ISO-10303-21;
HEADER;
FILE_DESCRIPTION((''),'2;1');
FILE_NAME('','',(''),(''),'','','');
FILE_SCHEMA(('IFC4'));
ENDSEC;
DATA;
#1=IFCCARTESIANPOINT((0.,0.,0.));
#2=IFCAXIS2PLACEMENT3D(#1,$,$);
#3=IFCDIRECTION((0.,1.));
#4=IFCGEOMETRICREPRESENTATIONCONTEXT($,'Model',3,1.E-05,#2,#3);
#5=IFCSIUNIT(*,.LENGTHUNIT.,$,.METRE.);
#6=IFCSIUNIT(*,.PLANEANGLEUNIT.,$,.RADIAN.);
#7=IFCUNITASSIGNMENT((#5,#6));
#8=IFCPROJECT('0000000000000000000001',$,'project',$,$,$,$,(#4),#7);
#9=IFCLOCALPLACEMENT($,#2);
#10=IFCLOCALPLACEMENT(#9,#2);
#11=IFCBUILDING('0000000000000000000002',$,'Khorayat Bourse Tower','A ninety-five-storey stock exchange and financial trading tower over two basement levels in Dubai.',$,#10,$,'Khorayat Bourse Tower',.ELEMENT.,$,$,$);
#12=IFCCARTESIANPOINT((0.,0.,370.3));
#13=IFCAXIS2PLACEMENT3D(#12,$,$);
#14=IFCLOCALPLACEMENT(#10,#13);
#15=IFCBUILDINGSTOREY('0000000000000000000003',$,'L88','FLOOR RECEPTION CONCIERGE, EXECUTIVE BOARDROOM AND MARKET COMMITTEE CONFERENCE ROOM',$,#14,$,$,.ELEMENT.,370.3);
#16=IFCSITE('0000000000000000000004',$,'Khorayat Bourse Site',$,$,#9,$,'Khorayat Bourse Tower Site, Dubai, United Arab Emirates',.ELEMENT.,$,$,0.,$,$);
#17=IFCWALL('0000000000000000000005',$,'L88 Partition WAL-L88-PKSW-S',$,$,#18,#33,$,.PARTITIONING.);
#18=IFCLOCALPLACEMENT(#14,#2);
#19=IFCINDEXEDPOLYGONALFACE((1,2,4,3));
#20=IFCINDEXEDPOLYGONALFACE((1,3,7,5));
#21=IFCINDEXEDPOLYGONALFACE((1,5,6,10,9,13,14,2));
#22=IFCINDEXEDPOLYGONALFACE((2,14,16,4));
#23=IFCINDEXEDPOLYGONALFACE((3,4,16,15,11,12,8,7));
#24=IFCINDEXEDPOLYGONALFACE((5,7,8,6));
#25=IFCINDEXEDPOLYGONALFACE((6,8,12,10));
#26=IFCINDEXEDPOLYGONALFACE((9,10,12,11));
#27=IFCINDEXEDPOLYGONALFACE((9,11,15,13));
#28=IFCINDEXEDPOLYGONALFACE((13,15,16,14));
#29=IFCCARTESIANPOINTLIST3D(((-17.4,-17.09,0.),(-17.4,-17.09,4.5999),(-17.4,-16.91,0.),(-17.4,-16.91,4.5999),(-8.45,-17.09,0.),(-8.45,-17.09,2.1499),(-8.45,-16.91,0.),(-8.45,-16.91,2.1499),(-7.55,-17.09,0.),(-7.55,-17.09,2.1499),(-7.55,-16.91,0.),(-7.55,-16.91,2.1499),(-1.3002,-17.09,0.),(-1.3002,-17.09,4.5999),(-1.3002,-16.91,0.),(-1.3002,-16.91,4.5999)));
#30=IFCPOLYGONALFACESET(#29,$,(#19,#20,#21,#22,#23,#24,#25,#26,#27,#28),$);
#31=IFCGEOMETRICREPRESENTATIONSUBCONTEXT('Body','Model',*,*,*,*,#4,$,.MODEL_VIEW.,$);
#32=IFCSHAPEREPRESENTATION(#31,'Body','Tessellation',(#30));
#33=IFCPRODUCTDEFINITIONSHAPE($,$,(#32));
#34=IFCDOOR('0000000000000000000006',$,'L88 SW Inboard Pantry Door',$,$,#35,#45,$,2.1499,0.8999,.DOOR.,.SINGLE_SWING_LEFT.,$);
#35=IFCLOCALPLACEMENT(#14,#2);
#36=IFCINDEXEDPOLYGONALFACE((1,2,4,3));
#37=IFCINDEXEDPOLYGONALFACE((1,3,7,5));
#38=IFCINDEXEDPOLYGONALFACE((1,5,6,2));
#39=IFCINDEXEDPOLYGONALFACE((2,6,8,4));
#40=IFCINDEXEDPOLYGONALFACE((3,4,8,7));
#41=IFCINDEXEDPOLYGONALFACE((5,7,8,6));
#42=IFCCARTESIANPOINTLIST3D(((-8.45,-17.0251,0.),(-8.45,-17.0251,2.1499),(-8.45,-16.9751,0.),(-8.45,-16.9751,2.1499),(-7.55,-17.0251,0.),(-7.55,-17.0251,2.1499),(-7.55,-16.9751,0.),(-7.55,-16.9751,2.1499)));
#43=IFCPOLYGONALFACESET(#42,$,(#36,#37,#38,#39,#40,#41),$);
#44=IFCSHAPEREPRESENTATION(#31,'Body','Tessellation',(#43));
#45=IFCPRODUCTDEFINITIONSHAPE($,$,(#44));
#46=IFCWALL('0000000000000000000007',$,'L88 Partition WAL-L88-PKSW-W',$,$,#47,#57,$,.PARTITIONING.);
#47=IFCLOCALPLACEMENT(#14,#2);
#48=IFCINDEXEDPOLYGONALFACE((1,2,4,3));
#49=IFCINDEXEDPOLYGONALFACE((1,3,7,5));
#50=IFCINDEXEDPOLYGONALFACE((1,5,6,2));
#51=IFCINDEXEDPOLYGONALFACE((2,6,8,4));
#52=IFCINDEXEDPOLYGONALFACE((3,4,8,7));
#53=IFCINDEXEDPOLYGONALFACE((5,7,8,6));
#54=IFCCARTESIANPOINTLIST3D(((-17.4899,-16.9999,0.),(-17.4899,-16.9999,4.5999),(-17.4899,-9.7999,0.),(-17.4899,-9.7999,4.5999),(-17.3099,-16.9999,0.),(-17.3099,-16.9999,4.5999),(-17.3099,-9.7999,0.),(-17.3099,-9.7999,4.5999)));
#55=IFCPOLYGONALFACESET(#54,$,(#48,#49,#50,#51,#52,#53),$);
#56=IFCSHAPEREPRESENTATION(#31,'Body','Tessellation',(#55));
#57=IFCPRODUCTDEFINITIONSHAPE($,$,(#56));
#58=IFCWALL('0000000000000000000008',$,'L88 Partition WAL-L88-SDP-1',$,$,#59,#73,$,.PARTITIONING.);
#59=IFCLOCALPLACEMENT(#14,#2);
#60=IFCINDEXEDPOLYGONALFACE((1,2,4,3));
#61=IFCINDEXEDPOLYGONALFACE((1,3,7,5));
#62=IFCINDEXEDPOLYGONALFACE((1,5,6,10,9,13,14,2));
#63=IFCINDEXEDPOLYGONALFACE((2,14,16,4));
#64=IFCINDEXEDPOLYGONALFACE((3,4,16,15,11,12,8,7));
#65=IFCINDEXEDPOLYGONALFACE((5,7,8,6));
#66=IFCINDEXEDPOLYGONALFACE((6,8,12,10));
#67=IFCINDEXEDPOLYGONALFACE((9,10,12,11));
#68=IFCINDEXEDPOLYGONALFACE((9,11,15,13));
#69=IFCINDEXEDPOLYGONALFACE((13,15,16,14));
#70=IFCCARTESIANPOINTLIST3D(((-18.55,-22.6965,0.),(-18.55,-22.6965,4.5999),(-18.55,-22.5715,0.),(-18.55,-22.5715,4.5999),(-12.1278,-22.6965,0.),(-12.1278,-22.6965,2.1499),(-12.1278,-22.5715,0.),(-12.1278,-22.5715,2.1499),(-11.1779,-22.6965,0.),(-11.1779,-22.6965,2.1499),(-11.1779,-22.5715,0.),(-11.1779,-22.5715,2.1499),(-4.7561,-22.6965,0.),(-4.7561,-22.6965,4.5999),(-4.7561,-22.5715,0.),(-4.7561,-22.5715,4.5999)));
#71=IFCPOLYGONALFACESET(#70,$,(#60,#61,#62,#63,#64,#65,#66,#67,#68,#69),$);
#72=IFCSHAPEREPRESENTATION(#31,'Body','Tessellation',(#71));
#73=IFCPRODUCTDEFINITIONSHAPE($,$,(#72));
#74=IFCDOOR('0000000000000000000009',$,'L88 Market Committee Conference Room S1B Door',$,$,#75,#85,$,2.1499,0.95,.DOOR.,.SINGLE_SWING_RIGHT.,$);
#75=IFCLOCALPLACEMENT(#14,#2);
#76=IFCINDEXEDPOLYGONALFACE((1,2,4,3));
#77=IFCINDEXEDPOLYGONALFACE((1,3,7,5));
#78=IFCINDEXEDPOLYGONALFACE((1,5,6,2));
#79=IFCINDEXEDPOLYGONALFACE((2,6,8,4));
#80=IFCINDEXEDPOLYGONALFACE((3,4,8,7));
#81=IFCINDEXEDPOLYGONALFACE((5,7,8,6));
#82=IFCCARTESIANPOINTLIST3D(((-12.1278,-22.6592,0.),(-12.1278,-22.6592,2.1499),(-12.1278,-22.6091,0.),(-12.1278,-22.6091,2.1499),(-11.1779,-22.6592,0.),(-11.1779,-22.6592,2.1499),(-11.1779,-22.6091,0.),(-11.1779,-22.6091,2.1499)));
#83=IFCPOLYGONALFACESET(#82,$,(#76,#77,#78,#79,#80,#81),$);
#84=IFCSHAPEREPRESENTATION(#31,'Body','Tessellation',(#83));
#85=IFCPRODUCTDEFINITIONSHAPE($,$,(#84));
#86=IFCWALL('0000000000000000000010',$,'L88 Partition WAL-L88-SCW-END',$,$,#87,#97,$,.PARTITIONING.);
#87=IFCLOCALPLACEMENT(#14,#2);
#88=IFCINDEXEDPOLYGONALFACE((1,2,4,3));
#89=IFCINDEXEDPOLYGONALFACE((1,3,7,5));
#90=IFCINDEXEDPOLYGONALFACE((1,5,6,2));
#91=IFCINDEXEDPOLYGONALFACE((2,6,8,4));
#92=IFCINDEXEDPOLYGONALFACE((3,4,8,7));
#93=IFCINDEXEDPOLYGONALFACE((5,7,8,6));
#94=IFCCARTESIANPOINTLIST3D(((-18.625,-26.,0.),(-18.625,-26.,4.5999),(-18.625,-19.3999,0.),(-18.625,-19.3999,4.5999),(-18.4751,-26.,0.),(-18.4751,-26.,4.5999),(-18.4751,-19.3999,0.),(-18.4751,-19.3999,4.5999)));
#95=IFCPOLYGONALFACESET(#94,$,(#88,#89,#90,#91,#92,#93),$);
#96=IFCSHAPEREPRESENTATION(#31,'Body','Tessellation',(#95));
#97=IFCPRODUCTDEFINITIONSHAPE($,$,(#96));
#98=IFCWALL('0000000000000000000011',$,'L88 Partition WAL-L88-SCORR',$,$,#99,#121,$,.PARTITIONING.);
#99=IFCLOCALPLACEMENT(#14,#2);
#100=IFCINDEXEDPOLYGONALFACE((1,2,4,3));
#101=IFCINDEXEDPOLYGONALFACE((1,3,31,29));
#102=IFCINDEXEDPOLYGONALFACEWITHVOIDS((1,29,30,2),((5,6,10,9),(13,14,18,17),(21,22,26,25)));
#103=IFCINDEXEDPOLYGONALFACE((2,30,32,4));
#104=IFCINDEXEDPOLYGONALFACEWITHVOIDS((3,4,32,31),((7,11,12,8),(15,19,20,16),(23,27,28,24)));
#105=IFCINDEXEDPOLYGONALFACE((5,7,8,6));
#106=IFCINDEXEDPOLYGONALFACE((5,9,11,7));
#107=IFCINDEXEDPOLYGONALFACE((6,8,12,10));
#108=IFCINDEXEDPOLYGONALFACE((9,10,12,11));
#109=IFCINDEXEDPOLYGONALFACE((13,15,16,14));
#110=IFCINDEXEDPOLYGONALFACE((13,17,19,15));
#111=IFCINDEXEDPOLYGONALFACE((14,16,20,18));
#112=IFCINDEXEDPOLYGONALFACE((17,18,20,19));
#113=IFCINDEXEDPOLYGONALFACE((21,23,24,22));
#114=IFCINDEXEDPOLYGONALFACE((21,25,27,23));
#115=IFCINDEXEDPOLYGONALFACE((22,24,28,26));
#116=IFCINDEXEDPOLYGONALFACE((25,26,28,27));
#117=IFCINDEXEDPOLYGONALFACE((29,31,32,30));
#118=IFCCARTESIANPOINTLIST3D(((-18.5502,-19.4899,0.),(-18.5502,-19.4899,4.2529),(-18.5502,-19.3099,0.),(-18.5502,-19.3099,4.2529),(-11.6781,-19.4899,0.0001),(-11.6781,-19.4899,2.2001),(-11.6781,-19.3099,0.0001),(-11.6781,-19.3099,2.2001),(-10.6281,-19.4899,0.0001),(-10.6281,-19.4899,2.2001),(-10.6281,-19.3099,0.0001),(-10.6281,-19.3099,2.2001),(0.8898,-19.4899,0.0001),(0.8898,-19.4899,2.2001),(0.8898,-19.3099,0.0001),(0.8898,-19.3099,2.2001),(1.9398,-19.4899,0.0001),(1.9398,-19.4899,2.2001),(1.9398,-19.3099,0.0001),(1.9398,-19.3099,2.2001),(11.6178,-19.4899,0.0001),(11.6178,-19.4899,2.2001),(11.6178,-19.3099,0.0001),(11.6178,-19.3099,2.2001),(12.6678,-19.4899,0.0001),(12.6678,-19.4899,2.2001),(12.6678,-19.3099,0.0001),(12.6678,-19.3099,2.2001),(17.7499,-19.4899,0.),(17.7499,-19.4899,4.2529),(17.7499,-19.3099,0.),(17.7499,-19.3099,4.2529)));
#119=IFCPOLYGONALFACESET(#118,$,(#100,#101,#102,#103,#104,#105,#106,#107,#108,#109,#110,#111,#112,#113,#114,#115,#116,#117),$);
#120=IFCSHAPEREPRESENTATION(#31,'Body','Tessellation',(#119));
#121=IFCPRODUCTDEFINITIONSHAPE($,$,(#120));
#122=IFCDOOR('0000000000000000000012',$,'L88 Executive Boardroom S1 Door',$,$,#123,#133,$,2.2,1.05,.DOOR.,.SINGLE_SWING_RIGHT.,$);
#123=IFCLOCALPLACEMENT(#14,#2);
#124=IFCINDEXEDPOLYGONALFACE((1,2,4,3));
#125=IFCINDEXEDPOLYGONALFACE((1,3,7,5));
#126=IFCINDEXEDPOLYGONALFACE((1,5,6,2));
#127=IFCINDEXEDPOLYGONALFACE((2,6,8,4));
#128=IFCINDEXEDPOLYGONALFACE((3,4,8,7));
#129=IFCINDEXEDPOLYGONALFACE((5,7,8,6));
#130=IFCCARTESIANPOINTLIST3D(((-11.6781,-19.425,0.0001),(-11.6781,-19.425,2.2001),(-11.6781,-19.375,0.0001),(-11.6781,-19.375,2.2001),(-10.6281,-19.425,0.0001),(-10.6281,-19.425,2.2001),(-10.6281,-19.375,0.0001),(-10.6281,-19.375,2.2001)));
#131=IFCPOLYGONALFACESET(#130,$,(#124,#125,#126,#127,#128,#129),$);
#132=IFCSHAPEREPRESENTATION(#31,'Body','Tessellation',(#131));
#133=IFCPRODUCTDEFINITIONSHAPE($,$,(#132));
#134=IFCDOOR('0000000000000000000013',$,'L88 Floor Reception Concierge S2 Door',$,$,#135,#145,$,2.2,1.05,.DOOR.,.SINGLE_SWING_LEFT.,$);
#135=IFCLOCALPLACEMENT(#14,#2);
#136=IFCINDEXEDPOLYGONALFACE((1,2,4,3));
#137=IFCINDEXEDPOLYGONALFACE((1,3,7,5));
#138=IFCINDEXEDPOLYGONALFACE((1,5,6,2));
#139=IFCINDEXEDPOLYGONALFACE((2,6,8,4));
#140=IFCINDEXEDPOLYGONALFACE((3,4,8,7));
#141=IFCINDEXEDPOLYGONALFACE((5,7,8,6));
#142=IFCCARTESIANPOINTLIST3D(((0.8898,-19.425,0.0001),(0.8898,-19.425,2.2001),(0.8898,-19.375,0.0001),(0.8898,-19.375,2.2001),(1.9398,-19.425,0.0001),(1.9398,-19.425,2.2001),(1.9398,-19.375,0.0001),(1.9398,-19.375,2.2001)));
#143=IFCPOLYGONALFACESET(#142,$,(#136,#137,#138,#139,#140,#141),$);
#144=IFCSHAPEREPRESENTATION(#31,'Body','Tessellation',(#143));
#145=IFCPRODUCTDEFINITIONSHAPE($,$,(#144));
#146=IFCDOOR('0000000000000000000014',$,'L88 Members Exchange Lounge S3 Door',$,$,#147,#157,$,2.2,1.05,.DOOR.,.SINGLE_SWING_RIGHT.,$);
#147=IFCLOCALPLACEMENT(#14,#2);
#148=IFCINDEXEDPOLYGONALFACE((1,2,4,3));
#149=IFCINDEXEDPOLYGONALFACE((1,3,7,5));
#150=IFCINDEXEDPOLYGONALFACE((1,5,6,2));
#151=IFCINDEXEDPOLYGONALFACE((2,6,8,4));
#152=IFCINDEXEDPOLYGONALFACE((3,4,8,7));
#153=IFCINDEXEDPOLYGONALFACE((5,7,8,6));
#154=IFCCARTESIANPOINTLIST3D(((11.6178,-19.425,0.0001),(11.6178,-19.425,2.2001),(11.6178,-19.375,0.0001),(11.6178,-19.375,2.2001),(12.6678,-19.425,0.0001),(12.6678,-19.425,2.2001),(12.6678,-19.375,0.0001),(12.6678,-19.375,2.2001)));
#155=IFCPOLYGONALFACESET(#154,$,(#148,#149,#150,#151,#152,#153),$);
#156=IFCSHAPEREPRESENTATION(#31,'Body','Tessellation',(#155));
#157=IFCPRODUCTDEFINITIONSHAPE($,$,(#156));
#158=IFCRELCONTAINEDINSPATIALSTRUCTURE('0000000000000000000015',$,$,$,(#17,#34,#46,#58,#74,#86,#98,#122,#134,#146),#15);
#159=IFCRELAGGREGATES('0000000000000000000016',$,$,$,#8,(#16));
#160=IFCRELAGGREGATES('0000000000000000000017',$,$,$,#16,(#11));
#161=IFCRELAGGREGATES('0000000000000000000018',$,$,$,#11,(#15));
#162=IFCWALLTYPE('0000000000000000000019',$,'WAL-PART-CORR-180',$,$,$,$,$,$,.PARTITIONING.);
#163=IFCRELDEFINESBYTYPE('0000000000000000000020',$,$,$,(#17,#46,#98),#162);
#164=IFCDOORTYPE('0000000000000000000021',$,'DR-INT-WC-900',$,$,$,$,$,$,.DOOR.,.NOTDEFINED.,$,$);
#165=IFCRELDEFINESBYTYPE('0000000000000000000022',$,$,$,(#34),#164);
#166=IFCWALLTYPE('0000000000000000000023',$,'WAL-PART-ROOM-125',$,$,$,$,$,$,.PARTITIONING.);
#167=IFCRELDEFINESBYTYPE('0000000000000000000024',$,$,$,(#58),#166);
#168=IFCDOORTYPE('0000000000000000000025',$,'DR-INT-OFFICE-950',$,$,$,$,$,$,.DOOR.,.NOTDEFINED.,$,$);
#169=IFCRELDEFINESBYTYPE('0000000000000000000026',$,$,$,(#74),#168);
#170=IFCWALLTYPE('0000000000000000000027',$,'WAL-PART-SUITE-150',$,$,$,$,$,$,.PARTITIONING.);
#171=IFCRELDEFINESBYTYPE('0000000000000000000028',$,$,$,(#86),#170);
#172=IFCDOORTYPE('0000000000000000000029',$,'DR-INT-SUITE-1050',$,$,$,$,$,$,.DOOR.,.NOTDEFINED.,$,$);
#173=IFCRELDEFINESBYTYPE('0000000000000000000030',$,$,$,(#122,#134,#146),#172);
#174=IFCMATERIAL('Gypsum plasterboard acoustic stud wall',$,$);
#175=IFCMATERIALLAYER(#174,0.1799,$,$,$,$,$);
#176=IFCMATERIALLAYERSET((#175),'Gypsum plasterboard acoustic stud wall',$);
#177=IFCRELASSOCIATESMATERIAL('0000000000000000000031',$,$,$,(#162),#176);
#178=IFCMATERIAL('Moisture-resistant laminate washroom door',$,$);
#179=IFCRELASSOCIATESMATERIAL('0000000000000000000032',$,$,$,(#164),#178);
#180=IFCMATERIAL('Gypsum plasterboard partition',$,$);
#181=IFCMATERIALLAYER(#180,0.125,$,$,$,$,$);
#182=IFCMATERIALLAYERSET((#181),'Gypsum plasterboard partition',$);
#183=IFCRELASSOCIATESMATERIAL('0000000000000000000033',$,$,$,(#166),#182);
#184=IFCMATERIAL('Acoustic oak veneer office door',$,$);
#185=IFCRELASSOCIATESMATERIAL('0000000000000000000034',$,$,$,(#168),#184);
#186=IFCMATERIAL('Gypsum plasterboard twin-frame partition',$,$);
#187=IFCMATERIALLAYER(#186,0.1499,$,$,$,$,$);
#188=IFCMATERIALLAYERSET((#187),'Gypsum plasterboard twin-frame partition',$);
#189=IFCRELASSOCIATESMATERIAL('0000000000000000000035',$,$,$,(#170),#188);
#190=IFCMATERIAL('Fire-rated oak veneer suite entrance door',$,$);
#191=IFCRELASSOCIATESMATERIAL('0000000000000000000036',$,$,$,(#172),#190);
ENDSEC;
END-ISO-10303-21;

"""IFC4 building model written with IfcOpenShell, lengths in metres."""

from ifc_helpers import new_model, si_unit, direction, frame, frame_2d, origin, place, context, subcontext, project, spatial, rectangle, extrude, source, transform, mapped, material, layer, layer_set, type_object, element, fill, save


model = new_model("IFC4")

# Units and contexts
model_context = context("Model", 3, precision=1e-05, world=origin(), true_north=direction((0.0, 1.0)))
body_context = subcontext(model_context, "Body", "Model", "MODEL_VIEW")
ifc_project = project(units=[si_unit("LENGTHUNIT", "METRE"), si_unit("PLANEANGLEUNIT", "RADIAN")], contexts=[model_context])

# Site, building, storey
site_placement = place(None, origin())
site = spatial("IfcSite", under=ifc_project, at=site_placement, Name="Khorayat Bourse Site", LongName="Khorayat Bourse Tower Site, Dubai, United Arab Emirates", CompositionType="ELEMENT", RefElevation=0.0)
building_placement = place(site_placement, origin())
building = spatial("IfcBuilding", under=site, at=building_placement, Name="Khorayat Bourse Tower", Description="A ninety-five-storey stock exchange and financial trading tower over two basement levels in Dubai.", LongName="Khorayat Bourse Tower", CompositionType="ELEMENT")
storey_placement = place(building_placement, frame((0.0, 0.0, 370.3)))
storey = spatial("IfcBuildingStorey", under=building, at=storey_placement, Name="L88", Description="FLOOR RECEPTION CONCIERGE, EXECUTIVE BOARDROOM AND MARKET COMMITTEE CONFERENCE ROOM", CompositionType="ELEMENT", Elevation=370.3)

# Wall, opening, door
ifc_material_1 = material(Name="Gypsum plasterboard acoustic stud wall")
ifc_layer_1 = layer(ifc_material_1, 0.1799)
ifc_layer_set_1 = layer_set([ifc_layer_1], Name="Gypsum plasterboard acoustic stud wall")
wall_type_1 = type_object("IfcWallType", Name="WAL-PART-CORR-180", PredefinedType="PARTITIONING", material=ifc_layer_set_1)
shared_shape_1 = source(origin(), body_context, "Body", "SweptSolid", [
    extrude(rectangle(XDim=16.0999, YDim=0.1799, at=frame_2d((8.0498, 0.0))), origin(), (0.0, 0.0, 1.0), 4.5999),
])
wall_1_placement = place(storey_placement, frame((-17.3999, -17.0, 0.0), z_axis=(0.0, 0.0, 1.0), x_axis=(1.0, 0.0, 0.0)))
wall_1 = element("IfcWall", 1, at=wall_1_placement, inside=storey, type_object=wall_type_1, Name="L88 Partition WAL-L88-PKSW-S", PredefinedType="PARTITIONING", context=body_context, shape_type="MappedRepresentation", body=[
    mapped(shared_shape_1, transform((0.0, 0.0, 0.0), scale=1.0)),
])
shared_shape_2 = source(origin(), body_context, "Body", "SweptSolid", [
    extrude(rectangle(XDim=0.8999, YDim=2.1499, at=frame_2d((0.45, 1.075))), frame((0.0, 0.0999, 0.0), z_axis=(0.0, -1.0, 0.0), x_axis=(1.0, 0.0, 0.0)), (0.0, 0.0, 1.0), 0.2),
])
opening_1_placement = place(wall_1_placement, frame((8.95, 0.0, 0.0)))
opening_1 = element("IfcOpeningElement", 2, at=opening_1_placement, cuts=wall_1, PredefinedType="OPENING", context=body_context, shape_type="MappedRepresentation", body=[
    mapped(shared_shape_2, transform((0.0, 0.0, 0.0), scale=1.0)),
])
ifc_material_2 = material(Name="Moisture-resistant laminate washroom door")
door_type_1 = type_object("IfcDoorType", Name="DR-INT-WC-900", OperationType="NOTDEFINED", PredefinedType="DOOR", material=ifc_material_2)
shared_shape_3 = source(origin(), body_context, "Body", "SweptSolid", [
    extrude(rectangle(XDim=0.8999, YDim=2.1499, at=frame_2d((0.45, 1.075))), frame((0.0, 0.0249, 0.0), z_axis=(0.0, -1.0, 0.0), x_axis=(1.0, 0.0, 0.0)), (0.0, 0.0, 1.0), 0.05),
])
door_1_placement = place(opening_1_placement, origin())
door_1 = element("IfcDoor", 3, at=door_1_placement, inside=storey, type_object=door_type_1, Name="L88 SW Inboard Pantry Door", OperationType="SINGLE_SWING_LEFT", OverallHeight=2.1499, OverallWidth=0.8999, PredefinedType="DOOR", context=body_context, shape_type="MappedRepresentation", body=[
    mapped(shared_shape_3, transform((0.0, 0.0, 0.0), scale=1.0)),
])
fill(opening_1, door_1)

# Wall
shared_shape_4 = source(origin(), body_context, "Body", "SweptSolid", [
    extrude(rectangle(XDim=7.2, YDim=0.1799, at=frame_2d((3.6001, 0.0))), origin(), (0.0, 0.0, 1.0), 4.5999),
])
wall_2_placement = place(storey_placement, frame((-17.3999, -17.0, 0.0), z_axis=(0.0, 0.0, 1.0), x_axis=(0.0, 1.0, 0.0)))
element("IfcWall", 4, at=wall_2_placement, inside=storey, type_object=wall_type_1, Name="L88 Partition WAL-L88-PKSW-W", PredefinedType="PARTITIONING", context=body_context, shape_type="MappedRepresentation", body=[
    mapped(shared_shape_4, transform((0.0, 0.0, 0.0), scale=1.0)),
])

# Wall, opening, door
ifc_material_3 = material(Name="Gypsum plasterboard partition")
ifc_layer_2 = layer(ifc_material_3, 0.125)
ifc_layer_set_2 = layer_set([ifc_layer_2], Name="Gypsum plasterboard partition")
wall_type_2 = type_object("IfcWallType", Name="WAL-PART-ROOM-125", PredefinedType="PARTITIONING", material=ifc_layer_set_2)
shared_shape_5 = source(origin(), body_context, "Body", "SweptSolid", [
    extrude(rectangle(XDim=13.7939, YDim=0.125, at=frame_2d((6.897, 0.0))), origin(), (0.0, 0.0, 1.0), 4.5999),
])
wall_3_placement = place(storey_placement, frame((-18.55, -22.634, 0.0), z_axis=(0.0, 0.0, 1.0), x_axis=(1.0, 0.0, 0.0)))
wall_3 = element("IfcWall", 5, at=wall_3_placement, inside=storey, type_object=wall_type_2, Name="L88 Partition WAL-L88-SDP-1", PredefinedType="PARTITIONING", context=body_context, shape_type="MappedRepresentation", body=[
    mapped(shared_shape_5, transform((0.0, 0.0, 0.0), scale=1.0)),
])
shared_shape_6 = source(origin(), body_context, "Body", "SweptSolid", [
    extrude(rectangle(XDim=0.95, YDim=2.1499, at=frame_2d((0.4751, 1.075))), frame((0.0, 0.0725, 0.0), z_axis=(0.0, -1.0, 0.0), x_axis=(1.0, 0.0, 0.0)), (0.0, 0.0, 1.0), 0.145),
])
opening_2_placement = place(wall_3_placement, frame((6.4221, 0.0, 0.0)))
opening_2 = element("IfcOpeningElement", 6, at=opening_2_placement, cuts=wall_3, PredefinedType="OPENING", context=body_context, shape_type="MappedRepresentation", body=[
    mapped(shared_shape_6, transform((0.0, 0.0, 0.0), scale=1.0)),
])
ifc_material_4 = material(Name="Acoustic oak veneer office door")
door_type_2 = type_object("IfcDoorType", Name="DR-INT-OFFICE-950", OperationType="NOTDEFINED", PredefinedType="DOOR", material=ifc_material_4)
shared_shape_7 = source(origin(), body_context, "Body", "SweptSolid", [
    extrude(rectangle(XDim=0.95, YDim=2.1499, at=frame_2d((0.4751, 1.075))), frame((0.0, 0.0249, 0.0), z_axis=(0.0, -1.0, 0.0), x_axis=(1.0, 0.0, 0.0)), (0.0, 0.0, 1.0), 0.05),
])
door_2_placement = place(opening_2_placement, origin())
door_2 = element("IfcDoor", 7, at=door_2_placement, inside=storey, type_object=door_type_2, Name="L88 Market Committee Conference Room S1B Door", OperationType="SINGLE_SWING_RIGHT", OverallHeight=2.1499, OverallWidth=0.95, PredefinedType="DOOR", context=body_context, shape_type="MappedRepresentation", body=[
    mapped(shared_shape_7, transform((0.0, 0.0, 0.0), scale=1.0)),
])
fill(opening_2, door_2)

# Wall
ifc_material_5 = material(Name="Gypsum plasterboard twin-frame partition")
ifc_layer_3 = layer(ifc_material_5, 0.1499)
ifc_layer_set_3 = layer_set([ifc_layer_3], Name="Gypsum plasterboard twin-frame partition")
wall_type_3 = type_object("IfcWallType", Name="WAL-PART-SUITE-150", PredefinedType="PARTITIONING", material=ifc_layer_set_3)
shared_shape_8 = source(origin(), body_context, "Body", "SweptSolid", [
    extrude(rectangle(XDim=6.6001, YDim=0.1499, at=frame_2d((3.3, 0.0))), origin(), (0.0, 0.0, 1.0), 4.5999),
])
wall_4_placement = place(storey_placement, frame((-18.55, -26.0, 0.0), z_axis=(0.0, 0.0, 1.0), x_axis=(0.0, 1.0, 0.0)))
element("IfcWall", 8, at=wall_4_placement, inside=storey, type_object=wall_type_3, Name="L88 Partition WAL-L88-SCW-END", PredefinedType="PARTITIONING", context=body_context, shape_type="MappedRepresentation", body=[
    mapped(shared_shape_8, transform((0.0, 0.0, 0.0), scale=1.0)),
])

# Wall, openings, doors
shared_shape_9 = source(origin(), body_context, "Body", "SweptSolid", [
    extrude(rectangle(XDim=36.3, YDim=0.1799, at=frame_2d((18.1499, 0.0))), origin(), (0.0, 0.0, 1.0), 4.2529),
])
wall_5_placement = place(storey_placement, frame((-18.55, -19.3999, 0.0), z_axis=(0.0, 0.0, 1.0), x_axis=(1.0, 0.0, 0.0)))
wall_5 = element("IfcWall", 9, at=wall_5_placement, inside=storey, type_object=wall_type_1, Name="L88 Partition WAL-L88-SCORR", PredefinedType="PARTITIONING", context=body_context, shape_type="MappedRepresentation", body=[
    mapped(shared_shape_9, transform((0.0, 0.0, 0.0), scale=1.0)),
])
shared_shape_10 = source(origin(), body_context, "Body", "SweptSolid", [
    extrude(rectangle(XDim=1.05, YDim=2.2, at=frame_2d((0.5249, 1.1001))), frame((0.0, 0.0999, 0.0), z_axis=(0.0, -1.0, 0.0), x_axis=(1.0, 0.0, 0.0)), (0.0, 0.0, 1.0), 0.2),
])
opening_3_placement = place(wall_5_placement, frame((6.8721, 0.0, 0.0)))
opening_3 = element("IfcOpeningElement", 10, at=opening_3_placement, cuts=wall_5, PredefinedType="OPENING", context=body_context, shape_type="MappedRepresentation", body=[
    mapped(shared_shape_10, transform((0.0, 0.0, 0.0), scale=1.0)),
])
opening_4_placement = place(wall_5_placement, frame((19.4399, 0.0, 0.0)))
opening_4 = element("IfcOpeningElement", 11, at=opening_4_placement, cuts=wall_5, PredefinedType="OPENING", context=body_context, shape_type="MappedRepresentation", body=[
    mapped(shared_shape_10, transform((0.0, 0.0, 0.0), scale=1.0)),
])
opening_5_placement = place(wall_5_placement, frame((30.168, 0.0, 0.0)))
opening_5 = element("IfcOpeningElement", 12, at=opening_5_placement, cuts=wall_5, PredefinedType="OPENING", context=body_context, shape_type="MappedRepresentation", body=[
    mapped(shared_shape_10, transform((0.0, 0.0, 0.0), scale=1.0)),
])
ifc_material_6 = material(Name="Fire-rated oak veneer suite entrance door")
door_type_3 = type_object("IfcDoorType", Name="DR-INT-SUITE-1050", OperationType="NOTDEFINED", PredefinedType="DOOR", material=ifc_material_6)
shared_shape_11 = source(origin(), body_context, "Body", "SweptSolid", [
    extrude(rectangle(XDim=1.05, YDim=2.2, at=frame_2d((0.5249, 1.1001))), frame((0.0, 0.0249, 0.0), z_axis=(0.0, -1.0, 0.0), x_axis=(1.0, 0.0, 0.0)), (0.0, 0.0, 1.0), 0.05),
])
door_3_placement = place(opening_3_placement, origin())
door_3 = element("IfcDoor", 13, at=door_3_placement, inside=storey, type_object=door_type_3, Name="L88 Executive Boardroom S1 Door", OperationType="SINGLE_SWING_RIGHT", OverallHeight=2.2, OverallWidth=1.05, PredefinedType="DOOR", context=body_context, shape_type="MappedRepresentation", body=[
    mapped(shared_shape_11, transform((0.0, 0.0, 0.0), scale=1.0)),
])
fill(opening_3, door_3)
door_4_placement = place(opening_4_placement, origin())
door_4 = element("IfcDoor", 14, at=door_4_placement, inside=storey, type_object=door_type_3, Name="L88 Floor Reception Concierge S2 Door", OperationType="SINGLE_SWING_LEFT", OverallHeight=2.2, OverallWidth=1.05, PredefinedType="DOOR", context=body_context, shape_type="MappedRepresentation", body=[
    mapped(shared_shape_11, transform((0.0, 0.0, 0.0), scale=1.0)),
])
fill(opening_4, door_4)
door_5_placement = place(opening_5_placement, origin())
door_5 = element("IfcDoor", 15, at=door_5_placement, inside=storey, type_object=door_type_3, Name="L88 Members Exchange Lounge S3 Door", OperationType="SINGLE_SWING_RIGHT", OverallHeight=2.2, OverallWidth=1.05, PredefinedType="DOOR", context=body_context, shape_type="MappedRepresentation", body=[
    mapped(shared_shape_11, transform((0.0, 0.0, 0.0), scale=1.0)),
])
fill(opening_5, door_5)

save(model, "model.ifc")
